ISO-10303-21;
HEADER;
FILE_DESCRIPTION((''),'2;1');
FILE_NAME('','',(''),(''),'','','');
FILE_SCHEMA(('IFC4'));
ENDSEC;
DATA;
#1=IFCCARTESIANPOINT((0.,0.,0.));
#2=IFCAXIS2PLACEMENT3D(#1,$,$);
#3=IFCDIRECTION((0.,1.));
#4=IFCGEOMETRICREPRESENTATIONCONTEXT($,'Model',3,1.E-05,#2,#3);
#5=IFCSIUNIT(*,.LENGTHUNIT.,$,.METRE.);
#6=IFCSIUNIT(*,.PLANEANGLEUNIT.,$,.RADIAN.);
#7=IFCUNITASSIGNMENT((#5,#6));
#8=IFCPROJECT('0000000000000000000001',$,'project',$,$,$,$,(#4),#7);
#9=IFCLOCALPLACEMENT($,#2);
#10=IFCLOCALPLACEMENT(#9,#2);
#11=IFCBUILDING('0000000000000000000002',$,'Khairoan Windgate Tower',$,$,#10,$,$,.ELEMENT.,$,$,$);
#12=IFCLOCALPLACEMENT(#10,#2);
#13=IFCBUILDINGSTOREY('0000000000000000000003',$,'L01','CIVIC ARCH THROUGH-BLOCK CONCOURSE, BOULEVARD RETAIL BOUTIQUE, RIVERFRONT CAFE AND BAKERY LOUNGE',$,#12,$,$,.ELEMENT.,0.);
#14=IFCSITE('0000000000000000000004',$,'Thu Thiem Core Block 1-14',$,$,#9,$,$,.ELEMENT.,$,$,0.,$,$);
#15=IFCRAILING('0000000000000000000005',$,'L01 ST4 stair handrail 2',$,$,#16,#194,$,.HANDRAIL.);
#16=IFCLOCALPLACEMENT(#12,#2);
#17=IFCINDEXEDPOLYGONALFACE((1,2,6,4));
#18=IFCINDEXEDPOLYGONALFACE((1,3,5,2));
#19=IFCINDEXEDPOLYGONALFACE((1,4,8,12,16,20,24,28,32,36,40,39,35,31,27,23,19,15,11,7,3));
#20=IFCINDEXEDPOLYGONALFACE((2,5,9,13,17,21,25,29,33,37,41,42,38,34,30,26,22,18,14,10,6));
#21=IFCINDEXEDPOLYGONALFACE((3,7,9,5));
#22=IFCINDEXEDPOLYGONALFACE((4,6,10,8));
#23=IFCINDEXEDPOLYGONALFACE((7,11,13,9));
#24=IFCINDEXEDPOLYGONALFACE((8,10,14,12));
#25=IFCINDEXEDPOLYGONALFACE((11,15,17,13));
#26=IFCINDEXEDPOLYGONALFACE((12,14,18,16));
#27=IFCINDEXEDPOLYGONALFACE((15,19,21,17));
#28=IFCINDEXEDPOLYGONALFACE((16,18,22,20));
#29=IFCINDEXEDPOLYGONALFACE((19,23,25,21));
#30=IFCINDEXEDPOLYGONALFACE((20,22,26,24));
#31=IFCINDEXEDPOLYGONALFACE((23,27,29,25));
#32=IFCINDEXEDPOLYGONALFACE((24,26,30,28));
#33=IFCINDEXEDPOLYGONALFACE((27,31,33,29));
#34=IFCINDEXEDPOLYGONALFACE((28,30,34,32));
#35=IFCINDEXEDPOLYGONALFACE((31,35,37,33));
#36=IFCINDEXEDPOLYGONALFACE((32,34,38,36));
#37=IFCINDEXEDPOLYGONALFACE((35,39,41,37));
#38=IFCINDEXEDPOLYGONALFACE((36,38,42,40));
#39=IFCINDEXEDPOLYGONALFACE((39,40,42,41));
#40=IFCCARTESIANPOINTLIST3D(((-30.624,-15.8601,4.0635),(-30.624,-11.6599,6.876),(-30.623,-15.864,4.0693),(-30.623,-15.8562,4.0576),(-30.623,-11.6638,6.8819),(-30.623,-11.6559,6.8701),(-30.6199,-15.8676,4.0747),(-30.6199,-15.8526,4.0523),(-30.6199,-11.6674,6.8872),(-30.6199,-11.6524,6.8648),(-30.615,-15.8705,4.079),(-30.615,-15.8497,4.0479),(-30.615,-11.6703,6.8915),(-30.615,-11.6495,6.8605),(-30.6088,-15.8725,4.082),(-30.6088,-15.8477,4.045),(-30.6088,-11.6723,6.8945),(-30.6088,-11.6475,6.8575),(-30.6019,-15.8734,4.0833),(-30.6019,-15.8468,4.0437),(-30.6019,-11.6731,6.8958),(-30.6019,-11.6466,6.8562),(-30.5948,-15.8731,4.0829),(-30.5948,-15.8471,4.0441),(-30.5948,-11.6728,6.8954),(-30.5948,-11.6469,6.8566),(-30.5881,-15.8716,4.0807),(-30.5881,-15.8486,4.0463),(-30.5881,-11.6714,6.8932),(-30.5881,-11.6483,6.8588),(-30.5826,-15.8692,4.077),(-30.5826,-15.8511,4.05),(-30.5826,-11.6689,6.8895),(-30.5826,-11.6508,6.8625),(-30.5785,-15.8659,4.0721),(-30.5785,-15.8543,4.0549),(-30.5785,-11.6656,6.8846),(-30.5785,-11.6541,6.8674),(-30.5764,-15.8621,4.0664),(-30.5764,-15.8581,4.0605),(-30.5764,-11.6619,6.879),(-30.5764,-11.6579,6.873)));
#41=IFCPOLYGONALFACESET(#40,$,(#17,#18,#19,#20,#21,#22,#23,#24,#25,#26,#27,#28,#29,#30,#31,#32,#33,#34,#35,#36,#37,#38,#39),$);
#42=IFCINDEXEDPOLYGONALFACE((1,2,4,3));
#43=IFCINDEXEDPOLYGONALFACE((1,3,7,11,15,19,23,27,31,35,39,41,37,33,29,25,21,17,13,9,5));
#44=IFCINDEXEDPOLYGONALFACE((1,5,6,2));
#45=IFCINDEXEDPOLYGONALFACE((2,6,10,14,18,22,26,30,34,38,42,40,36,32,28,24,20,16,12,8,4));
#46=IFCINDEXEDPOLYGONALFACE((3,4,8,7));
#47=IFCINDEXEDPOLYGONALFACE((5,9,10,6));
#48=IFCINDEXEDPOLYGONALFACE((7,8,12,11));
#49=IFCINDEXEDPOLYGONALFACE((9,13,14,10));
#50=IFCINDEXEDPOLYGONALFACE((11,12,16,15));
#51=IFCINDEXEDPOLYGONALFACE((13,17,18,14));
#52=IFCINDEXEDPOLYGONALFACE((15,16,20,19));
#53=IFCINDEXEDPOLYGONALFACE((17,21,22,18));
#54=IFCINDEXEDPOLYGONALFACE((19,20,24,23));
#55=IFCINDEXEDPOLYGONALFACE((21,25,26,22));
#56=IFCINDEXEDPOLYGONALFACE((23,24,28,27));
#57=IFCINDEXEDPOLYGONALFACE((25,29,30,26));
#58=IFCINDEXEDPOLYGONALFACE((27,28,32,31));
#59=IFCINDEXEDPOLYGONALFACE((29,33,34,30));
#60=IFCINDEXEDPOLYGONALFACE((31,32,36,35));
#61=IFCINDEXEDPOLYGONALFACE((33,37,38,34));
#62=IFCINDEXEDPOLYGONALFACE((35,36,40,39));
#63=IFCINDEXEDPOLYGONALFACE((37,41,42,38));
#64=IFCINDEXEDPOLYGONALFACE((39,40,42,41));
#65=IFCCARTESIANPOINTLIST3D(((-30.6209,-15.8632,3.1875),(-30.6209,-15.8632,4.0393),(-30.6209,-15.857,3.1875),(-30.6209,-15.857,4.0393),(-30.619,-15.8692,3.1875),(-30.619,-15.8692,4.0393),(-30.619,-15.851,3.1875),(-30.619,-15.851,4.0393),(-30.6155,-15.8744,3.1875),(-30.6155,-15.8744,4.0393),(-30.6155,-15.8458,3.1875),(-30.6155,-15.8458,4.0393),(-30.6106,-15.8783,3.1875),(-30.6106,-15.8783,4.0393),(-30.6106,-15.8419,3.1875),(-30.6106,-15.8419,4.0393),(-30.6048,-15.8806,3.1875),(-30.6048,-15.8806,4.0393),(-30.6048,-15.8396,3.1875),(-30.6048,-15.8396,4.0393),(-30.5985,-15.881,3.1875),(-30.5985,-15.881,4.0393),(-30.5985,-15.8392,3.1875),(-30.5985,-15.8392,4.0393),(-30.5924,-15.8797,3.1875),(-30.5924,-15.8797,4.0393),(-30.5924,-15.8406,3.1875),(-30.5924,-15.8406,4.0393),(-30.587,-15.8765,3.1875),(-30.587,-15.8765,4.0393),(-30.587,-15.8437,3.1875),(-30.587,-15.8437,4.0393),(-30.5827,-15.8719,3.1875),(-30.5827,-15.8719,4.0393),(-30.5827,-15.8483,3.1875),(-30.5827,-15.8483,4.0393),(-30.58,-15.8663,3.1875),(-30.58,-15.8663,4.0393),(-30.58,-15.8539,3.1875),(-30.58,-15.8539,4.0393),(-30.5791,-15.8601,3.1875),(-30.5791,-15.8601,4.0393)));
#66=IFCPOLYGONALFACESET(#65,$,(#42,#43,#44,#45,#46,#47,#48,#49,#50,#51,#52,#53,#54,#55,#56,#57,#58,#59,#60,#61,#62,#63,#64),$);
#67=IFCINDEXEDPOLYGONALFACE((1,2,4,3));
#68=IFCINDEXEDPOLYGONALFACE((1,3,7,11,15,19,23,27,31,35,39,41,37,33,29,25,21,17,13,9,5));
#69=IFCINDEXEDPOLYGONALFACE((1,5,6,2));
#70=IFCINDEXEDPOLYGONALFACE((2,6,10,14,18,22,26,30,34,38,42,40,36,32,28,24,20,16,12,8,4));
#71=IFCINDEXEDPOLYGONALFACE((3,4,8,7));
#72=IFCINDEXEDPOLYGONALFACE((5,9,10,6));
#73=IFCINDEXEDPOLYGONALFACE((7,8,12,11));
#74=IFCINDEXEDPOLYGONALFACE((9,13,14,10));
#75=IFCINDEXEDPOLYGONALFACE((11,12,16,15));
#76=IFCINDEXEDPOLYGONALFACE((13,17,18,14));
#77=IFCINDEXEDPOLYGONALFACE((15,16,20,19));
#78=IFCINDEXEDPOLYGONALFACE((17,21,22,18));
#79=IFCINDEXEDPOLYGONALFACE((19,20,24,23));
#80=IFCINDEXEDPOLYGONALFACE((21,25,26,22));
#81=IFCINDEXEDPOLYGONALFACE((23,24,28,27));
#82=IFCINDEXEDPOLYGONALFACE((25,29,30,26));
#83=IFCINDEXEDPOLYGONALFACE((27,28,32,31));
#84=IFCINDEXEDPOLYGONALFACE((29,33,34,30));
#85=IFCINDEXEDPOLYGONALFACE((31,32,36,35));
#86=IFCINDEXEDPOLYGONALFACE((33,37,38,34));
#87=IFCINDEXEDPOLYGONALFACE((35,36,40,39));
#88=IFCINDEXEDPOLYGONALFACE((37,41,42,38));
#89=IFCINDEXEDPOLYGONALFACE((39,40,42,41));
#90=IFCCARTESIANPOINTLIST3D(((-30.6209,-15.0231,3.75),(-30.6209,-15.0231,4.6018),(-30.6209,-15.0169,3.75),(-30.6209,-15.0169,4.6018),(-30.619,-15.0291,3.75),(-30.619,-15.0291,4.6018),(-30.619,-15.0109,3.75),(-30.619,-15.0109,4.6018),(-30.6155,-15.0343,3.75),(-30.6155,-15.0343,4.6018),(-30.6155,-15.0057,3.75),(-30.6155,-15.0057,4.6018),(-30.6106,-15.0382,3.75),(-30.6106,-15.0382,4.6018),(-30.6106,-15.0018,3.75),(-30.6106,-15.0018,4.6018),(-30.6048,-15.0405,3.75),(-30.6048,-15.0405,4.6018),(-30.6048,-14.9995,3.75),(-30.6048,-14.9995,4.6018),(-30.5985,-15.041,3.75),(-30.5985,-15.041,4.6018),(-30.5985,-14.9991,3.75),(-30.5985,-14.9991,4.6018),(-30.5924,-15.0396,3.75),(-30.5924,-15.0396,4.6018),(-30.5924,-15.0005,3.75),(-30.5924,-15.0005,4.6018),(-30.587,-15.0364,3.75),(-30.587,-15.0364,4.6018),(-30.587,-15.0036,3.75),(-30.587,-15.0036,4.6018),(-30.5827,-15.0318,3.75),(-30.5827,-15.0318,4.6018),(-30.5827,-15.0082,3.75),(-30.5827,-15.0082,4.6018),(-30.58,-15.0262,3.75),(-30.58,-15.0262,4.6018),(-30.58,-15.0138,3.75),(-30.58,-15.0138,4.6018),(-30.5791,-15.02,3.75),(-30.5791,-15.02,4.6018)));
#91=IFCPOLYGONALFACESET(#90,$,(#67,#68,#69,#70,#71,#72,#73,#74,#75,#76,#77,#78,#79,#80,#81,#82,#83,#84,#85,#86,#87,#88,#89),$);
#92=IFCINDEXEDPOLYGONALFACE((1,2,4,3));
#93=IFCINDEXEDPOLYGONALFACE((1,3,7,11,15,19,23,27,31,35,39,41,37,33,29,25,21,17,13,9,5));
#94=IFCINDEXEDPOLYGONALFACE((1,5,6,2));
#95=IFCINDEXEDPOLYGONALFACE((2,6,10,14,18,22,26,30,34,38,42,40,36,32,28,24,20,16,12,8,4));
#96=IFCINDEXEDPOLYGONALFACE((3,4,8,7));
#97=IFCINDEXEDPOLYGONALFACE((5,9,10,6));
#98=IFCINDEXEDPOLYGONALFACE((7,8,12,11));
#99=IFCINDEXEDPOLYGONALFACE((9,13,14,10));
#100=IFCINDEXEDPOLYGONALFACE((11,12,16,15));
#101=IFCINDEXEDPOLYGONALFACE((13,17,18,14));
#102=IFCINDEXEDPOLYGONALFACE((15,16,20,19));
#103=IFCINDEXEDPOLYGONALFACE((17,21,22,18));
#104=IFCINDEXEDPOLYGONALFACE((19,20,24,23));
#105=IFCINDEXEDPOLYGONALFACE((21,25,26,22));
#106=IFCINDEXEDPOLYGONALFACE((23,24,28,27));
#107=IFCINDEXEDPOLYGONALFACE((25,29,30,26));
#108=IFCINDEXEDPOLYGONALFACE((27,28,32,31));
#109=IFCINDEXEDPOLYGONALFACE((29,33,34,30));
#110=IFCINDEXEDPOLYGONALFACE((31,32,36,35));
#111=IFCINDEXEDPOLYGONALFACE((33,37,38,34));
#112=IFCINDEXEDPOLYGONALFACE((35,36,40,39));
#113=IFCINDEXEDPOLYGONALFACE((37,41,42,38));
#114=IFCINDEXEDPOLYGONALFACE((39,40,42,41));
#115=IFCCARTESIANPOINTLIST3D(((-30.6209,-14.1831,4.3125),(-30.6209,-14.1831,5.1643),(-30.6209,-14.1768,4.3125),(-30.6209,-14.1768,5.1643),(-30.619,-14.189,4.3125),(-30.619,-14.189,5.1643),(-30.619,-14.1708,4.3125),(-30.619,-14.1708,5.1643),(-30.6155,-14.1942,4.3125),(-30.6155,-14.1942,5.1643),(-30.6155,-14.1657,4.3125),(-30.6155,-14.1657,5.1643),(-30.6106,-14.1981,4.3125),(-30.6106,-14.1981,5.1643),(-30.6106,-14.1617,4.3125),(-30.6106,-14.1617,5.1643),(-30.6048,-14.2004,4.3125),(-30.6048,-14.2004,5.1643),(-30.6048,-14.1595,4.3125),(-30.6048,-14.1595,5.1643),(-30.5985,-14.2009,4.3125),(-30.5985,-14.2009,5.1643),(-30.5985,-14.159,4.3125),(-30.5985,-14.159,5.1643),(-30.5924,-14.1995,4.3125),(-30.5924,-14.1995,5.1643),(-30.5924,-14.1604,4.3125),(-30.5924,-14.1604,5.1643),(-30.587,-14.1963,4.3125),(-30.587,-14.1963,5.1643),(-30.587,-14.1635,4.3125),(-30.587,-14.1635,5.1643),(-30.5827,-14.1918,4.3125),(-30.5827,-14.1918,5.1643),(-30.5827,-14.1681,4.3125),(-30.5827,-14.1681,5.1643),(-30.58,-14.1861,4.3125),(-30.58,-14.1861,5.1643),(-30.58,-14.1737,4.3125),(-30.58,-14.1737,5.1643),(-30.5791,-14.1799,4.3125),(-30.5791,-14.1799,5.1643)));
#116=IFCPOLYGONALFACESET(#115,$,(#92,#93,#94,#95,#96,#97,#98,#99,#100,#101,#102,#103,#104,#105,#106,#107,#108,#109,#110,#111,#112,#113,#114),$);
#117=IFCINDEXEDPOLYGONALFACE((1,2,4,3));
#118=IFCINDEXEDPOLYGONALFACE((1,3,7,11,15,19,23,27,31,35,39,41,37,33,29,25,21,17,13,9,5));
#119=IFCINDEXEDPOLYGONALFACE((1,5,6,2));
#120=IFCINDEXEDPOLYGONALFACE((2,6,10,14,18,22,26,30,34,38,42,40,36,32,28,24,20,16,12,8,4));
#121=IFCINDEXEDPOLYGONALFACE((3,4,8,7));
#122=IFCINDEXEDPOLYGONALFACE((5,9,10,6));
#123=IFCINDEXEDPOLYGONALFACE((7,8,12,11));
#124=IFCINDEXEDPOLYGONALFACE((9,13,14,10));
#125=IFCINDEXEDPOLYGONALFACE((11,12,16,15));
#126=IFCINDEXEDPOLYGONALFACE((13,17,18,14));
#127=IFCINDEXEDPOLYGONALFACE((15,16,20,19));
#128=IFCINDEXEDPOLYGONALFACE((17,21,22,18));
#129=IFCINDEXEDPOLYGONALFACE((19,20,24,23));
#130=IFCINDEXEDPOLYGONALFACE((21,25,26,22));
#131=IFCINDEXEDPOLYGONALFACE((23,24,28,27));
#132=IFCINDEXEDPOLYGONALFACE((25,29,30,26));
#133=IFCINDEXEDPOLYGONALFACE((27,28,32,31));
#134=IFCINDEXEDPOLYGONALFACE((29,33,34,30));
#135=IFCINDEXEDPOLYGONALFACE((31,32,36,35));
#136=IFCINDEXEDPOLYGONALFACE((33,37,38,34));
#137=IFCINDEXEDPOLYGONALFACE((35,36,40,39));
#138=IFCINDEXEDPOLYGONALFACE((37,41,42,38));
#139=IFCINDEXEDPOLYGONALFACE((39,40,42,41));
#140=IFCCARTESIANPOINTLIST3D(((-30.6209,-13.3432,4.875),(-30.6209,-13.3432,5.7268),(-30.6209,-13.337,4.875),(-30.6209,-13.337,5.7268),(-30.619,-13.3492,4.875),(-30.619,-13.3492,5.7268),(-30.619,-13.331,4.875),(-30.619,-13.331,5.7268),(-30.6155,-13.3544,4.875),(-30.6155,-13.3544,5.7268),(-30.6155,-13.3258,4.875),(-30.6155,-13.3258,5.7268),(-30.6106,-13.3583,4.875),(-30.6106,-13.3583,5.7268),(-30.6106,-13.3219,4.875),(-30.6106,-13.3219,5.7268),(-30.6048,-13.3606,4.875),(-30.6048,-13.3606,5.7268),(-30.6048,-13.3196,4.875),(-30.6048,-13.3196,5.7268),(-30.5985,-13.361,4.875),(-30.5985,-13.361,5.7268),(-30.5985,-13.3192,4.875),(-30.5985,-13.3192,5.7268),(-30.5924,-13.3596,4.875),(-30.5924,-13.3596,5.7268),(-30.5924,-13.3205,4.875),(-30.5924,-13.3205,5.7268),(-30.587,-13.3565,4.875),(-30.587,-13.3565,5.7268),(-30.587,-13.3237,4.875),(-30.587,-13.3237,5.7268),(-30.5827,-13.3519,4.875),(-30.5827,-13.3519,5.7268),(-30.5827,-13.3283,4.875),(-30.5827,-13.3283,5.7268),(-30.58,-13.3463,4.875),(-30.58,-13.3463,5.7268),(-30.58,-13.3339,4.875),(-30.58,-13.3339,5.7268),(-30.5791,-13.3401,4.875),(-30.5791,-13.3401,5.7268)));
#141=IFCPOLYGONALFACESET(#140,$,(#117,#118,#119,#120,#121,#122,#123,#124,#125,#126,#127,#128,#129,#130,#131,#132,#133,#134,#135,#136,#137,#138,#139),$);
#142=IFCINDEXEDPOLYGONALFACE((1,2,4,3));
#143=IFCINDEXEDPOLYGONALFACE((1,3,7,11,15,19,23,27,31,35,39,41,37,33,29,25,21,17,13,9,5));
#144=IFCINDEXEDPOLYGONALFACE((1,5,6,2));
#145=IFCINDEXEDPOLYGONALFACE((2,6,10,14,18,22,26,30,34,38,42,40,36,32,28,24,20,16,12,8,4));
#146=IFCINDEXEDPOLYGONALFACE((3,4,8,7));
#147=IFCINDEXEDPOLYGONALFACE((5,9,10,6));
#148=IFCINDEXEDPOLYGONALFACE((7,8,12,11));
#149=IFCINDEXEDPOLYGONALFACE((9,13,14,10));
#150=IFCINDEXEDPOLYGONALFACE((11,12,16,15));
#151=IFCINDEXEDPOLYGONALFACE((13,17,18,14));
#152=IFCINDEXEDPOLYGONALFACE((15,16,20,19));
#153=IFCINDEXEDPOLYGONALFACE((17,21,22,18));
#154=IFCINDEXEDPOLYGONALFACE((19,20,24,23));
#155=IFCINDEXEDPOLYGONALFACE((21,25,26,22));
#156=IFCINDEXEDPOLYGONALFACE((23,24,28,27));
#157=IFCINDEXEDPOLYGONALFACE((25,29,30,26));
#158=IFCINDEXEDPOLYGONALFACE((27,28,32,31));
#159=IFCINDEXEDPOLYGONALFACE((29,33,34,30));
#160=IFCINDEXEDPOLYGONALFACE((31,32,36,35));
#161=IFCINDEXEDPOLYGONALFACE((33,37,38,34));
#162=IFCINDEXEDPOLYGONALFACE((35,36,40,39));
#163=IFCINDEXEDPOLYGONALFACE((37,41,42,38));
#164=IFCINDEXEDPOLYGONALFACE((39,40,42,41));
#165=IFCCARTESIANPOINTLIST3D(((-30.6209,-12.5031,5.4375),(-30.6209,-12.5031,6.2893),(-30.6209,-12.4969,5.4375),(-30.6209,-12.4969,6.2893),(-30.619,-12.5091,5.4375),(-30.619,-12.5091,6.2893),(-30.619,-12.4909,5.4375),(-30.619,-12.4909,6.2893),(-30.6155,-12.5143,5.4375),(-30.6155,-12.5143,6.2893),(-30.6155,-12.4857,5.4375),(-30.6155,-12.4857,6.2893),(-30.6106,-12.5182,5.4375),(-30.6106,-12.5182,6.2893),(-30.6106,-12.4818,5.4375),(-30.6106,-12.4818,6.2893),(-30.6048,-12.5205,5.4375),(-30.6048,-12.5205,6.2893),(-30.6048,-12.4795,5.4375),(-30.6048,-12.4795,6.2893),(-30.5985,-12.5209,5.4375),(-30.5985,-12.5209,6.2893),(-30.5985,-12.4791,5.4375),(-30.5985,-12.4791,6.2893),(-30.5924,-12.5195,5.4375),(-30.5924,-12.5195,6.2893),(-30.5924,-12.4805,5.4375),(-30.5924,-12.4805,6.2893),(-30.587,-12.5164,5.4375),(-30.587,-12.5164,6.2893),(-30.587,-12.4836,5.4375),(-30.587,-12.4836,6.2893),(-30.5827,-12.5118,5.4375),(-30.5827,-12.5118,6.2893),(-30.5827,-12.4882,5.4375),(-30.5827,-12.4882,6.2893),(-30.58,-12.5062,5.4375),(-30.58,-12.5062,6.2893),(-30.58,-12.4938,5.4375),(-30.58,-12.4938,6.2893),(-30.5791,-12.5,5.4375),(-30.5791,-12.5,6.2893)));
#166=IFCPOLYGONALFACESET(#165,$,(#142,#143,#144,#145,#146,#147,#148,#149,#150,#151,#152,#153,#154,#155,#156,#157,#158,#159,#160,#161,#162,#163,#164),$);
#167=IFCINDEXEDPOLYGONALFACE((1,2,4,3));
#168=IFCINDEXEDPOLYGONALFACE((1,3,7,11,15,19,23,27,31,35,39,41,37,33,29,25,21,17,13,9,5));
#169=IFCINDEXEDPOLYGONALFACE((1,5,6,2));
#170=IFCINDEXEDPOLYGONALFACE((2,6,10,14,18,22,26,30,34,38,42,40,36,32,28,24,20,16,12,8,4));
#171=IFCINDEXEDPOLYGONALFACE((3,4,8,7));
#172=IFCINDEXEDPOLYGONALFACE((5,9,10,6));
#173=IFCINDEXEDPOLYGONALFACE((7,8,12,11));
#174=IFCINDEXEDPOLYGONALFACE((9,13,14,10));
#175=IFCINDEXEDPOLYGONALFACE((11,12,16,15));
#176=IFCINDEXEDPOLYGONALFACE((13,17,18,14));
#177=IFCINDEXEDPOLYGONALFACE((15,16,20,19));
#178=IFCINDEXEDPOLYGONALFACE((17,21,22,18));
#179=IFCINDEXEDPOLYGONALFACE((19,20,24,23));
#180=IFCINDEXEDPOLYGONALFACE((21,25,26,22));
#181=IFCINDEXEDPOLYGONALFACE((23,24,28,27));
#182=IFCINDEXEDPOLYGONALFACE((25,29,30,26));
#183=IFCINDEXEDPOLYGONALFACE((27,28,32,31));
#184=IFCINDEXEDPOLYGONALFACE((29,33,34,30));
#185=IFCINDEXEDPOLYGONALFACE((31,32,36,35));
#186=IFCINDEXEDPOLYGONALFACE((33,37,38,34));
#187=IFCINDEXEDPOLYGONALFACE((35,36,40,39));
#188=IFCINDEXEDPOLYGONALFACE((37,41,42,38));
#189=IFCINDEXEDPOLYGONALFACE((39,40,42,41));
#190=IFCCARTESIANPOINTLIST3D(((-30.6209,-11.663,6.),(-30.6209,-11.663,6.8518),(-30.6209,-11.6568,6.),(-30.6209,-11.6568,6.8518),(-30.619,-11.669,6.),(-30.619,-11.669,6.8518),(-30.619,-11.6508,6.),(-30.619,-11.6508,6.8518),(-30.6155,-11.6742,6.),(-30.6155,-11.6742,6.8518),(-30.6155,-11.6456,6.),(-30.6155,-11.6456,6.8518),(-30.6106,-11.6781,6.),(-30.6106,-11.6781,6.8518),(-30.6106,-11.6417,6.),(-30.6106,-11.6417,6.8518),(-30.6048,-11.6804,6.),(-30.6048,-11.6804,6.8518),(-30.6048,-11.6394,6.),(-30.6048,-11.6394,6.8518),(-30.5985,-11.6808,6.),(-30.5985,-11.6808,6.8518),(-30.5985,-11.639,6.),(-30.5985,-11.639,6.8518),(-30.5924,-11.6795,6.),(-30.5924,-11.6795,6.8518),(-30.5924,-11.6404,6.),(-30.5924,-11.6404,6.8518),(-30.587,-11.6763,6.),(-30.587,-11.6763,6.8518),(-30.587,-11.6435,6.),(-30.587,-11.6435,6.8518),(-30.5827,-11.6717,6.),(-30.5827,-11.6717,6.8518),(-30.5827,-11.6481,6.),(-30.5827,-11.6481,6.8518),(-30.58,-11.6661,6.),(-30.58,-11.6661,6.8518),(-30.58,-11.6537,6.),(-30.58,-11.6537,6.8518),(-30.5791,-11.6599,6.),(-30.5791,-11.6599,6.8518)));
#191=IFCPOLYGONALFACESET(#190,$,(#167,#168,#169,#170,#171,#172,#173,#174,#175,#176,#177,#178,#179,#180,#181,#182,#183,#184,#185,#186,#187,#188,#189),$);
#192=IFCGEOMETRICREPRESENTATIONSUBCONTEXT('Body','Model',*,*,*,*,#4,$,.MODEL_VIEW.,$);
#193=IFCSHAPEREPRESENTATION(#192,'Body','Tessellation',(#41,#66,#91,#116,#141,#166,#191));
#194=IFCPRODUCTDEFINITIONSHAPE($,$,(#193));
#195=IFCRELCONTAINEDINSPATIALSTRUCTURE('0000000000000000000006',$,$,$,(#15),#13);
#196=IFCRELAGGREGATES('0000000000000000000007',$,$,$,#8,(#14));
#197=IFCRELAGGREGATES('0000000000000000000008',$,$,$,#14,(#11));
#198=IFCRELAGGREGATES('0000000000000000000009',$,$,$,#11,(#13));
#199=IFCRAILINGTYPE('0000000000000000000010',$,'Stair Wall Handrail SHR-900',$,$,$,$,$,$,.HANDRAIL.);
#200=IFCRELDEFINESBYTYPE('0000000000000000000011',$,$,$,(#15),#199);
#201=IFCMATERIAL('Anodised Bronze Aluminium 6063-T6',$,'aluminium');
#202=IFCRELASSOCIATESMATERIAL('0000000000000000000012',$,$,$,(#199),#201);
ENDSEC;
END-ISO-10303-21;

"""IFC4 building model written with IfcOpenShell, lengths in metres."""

from ifc_helpers import new_model, si_unit, direction, frame, origin, origin_2d, place, context, subcontext, project, spatial, circle, extrude, material, type_object, element, save


model = new_model("IFC4")

# Units and contexts
model_context = context("Model", 3, precision=1e-05, world=origin(), true_north=direction((0.0, 1.0)))
body_context = subcontext(model_context, "Body", "Model", "MODEL_VIEW")
ifc_project = project(units=[si_unit("LENGTHUNIT", "METRE"), si_unit("PLANEANGLEUNIT", "RADIAN")], contexts=[model_context])

# Site, building, storey
site_placement = place(None, origin())
site = spatial("IfcSite", under=ifc_project, at=site_placement, Name="Thu Thiem Core Block 1-14", CompositionType="ELEMENT", RefElevation=0.0)
building_placement = place(site_placement, origin())
building = spatial("IfcBuilding", under=site, at=building_placement, Name="Khairoan Windgate Tower", CompositionType="ELEMENT")
storey_placement = place(building_placement, origin())
storey = spatial("IfcBuildingStorey", under=building, at=storey_placement, Name="L01", Description="CIVIC ARCH THROUGH-BLOCK CONCOURSE, BOULEVARD RETAIL BOUTIQUE, RIVERFRONT CAFE AND BAKERY LOUNGE", CompositionType="ELEMENT", Elevation=0.0)

# Railing
ifc_material_1 = material(Name="Anodised Bronze Aluminium 6063-T6", Category="aluminium")
railing_type_1 = type_object("IfcRailingType", Name="Stair Wall Handrail SHR-900", PredefinedType="HANDRAIL", material=ifc_material_1)
railing_1_placement = place(storey_placement, frame((-30.6001, -15.8601, 3.1875)))
element("IfcRailing", 1, at=railing_1_placement, inside=storey, type_object=railing_type_1, Name="L01 ST4 stair handrail 2", PredefinedType="HANDRAIL", context=body_context, shape_type="SweptSolid", body=[
    extrude(circle(Radius=0.0239, at=origin_2d()), frame((0.0, 0.0, 0.876), z_axis=(0.0, 0.830919, 0.556393), x_axis=(-1.0, 0.0, 0.0)), (0.0, 0.0, 1.0), 5.0549),
    extrude(circle(Radius=0.021, at=origin_2d()), origin(), (0.0, 0.0, 1.0), 0.8518),
    extrude(circle(Radius=0.021, at=origin_2d()), frame((0.0, 0.8401, 0.5625)), (0.0, 0.0, 1.0), 0.8518),
    extrude(circle(Radius=0.021, at=origin_2d()), frame((0.0, 1.6802, 1.125)), (0.0, 0.0, 1.0), 0.8518),
    extrude(circle(Radius=0.021, at=origin_2d()), frame((0.0, 2.52, 1.6875)), (0.0, 0.0, 1.0), 0.8518),
    extrude(circle(Radius=0.021, at=origin_2d()), frame((0.0, 3.3601, 2.25)), (0.0, 0.0, 1.0), 0.8518),
    extrude(circle(Radius=0.021, at=origin_2d()), frame((0.0, 4.2002, 2.8125)), (0.0, 0.0, 1.0), 0.8518),
])

save(model, "model.ifc")
